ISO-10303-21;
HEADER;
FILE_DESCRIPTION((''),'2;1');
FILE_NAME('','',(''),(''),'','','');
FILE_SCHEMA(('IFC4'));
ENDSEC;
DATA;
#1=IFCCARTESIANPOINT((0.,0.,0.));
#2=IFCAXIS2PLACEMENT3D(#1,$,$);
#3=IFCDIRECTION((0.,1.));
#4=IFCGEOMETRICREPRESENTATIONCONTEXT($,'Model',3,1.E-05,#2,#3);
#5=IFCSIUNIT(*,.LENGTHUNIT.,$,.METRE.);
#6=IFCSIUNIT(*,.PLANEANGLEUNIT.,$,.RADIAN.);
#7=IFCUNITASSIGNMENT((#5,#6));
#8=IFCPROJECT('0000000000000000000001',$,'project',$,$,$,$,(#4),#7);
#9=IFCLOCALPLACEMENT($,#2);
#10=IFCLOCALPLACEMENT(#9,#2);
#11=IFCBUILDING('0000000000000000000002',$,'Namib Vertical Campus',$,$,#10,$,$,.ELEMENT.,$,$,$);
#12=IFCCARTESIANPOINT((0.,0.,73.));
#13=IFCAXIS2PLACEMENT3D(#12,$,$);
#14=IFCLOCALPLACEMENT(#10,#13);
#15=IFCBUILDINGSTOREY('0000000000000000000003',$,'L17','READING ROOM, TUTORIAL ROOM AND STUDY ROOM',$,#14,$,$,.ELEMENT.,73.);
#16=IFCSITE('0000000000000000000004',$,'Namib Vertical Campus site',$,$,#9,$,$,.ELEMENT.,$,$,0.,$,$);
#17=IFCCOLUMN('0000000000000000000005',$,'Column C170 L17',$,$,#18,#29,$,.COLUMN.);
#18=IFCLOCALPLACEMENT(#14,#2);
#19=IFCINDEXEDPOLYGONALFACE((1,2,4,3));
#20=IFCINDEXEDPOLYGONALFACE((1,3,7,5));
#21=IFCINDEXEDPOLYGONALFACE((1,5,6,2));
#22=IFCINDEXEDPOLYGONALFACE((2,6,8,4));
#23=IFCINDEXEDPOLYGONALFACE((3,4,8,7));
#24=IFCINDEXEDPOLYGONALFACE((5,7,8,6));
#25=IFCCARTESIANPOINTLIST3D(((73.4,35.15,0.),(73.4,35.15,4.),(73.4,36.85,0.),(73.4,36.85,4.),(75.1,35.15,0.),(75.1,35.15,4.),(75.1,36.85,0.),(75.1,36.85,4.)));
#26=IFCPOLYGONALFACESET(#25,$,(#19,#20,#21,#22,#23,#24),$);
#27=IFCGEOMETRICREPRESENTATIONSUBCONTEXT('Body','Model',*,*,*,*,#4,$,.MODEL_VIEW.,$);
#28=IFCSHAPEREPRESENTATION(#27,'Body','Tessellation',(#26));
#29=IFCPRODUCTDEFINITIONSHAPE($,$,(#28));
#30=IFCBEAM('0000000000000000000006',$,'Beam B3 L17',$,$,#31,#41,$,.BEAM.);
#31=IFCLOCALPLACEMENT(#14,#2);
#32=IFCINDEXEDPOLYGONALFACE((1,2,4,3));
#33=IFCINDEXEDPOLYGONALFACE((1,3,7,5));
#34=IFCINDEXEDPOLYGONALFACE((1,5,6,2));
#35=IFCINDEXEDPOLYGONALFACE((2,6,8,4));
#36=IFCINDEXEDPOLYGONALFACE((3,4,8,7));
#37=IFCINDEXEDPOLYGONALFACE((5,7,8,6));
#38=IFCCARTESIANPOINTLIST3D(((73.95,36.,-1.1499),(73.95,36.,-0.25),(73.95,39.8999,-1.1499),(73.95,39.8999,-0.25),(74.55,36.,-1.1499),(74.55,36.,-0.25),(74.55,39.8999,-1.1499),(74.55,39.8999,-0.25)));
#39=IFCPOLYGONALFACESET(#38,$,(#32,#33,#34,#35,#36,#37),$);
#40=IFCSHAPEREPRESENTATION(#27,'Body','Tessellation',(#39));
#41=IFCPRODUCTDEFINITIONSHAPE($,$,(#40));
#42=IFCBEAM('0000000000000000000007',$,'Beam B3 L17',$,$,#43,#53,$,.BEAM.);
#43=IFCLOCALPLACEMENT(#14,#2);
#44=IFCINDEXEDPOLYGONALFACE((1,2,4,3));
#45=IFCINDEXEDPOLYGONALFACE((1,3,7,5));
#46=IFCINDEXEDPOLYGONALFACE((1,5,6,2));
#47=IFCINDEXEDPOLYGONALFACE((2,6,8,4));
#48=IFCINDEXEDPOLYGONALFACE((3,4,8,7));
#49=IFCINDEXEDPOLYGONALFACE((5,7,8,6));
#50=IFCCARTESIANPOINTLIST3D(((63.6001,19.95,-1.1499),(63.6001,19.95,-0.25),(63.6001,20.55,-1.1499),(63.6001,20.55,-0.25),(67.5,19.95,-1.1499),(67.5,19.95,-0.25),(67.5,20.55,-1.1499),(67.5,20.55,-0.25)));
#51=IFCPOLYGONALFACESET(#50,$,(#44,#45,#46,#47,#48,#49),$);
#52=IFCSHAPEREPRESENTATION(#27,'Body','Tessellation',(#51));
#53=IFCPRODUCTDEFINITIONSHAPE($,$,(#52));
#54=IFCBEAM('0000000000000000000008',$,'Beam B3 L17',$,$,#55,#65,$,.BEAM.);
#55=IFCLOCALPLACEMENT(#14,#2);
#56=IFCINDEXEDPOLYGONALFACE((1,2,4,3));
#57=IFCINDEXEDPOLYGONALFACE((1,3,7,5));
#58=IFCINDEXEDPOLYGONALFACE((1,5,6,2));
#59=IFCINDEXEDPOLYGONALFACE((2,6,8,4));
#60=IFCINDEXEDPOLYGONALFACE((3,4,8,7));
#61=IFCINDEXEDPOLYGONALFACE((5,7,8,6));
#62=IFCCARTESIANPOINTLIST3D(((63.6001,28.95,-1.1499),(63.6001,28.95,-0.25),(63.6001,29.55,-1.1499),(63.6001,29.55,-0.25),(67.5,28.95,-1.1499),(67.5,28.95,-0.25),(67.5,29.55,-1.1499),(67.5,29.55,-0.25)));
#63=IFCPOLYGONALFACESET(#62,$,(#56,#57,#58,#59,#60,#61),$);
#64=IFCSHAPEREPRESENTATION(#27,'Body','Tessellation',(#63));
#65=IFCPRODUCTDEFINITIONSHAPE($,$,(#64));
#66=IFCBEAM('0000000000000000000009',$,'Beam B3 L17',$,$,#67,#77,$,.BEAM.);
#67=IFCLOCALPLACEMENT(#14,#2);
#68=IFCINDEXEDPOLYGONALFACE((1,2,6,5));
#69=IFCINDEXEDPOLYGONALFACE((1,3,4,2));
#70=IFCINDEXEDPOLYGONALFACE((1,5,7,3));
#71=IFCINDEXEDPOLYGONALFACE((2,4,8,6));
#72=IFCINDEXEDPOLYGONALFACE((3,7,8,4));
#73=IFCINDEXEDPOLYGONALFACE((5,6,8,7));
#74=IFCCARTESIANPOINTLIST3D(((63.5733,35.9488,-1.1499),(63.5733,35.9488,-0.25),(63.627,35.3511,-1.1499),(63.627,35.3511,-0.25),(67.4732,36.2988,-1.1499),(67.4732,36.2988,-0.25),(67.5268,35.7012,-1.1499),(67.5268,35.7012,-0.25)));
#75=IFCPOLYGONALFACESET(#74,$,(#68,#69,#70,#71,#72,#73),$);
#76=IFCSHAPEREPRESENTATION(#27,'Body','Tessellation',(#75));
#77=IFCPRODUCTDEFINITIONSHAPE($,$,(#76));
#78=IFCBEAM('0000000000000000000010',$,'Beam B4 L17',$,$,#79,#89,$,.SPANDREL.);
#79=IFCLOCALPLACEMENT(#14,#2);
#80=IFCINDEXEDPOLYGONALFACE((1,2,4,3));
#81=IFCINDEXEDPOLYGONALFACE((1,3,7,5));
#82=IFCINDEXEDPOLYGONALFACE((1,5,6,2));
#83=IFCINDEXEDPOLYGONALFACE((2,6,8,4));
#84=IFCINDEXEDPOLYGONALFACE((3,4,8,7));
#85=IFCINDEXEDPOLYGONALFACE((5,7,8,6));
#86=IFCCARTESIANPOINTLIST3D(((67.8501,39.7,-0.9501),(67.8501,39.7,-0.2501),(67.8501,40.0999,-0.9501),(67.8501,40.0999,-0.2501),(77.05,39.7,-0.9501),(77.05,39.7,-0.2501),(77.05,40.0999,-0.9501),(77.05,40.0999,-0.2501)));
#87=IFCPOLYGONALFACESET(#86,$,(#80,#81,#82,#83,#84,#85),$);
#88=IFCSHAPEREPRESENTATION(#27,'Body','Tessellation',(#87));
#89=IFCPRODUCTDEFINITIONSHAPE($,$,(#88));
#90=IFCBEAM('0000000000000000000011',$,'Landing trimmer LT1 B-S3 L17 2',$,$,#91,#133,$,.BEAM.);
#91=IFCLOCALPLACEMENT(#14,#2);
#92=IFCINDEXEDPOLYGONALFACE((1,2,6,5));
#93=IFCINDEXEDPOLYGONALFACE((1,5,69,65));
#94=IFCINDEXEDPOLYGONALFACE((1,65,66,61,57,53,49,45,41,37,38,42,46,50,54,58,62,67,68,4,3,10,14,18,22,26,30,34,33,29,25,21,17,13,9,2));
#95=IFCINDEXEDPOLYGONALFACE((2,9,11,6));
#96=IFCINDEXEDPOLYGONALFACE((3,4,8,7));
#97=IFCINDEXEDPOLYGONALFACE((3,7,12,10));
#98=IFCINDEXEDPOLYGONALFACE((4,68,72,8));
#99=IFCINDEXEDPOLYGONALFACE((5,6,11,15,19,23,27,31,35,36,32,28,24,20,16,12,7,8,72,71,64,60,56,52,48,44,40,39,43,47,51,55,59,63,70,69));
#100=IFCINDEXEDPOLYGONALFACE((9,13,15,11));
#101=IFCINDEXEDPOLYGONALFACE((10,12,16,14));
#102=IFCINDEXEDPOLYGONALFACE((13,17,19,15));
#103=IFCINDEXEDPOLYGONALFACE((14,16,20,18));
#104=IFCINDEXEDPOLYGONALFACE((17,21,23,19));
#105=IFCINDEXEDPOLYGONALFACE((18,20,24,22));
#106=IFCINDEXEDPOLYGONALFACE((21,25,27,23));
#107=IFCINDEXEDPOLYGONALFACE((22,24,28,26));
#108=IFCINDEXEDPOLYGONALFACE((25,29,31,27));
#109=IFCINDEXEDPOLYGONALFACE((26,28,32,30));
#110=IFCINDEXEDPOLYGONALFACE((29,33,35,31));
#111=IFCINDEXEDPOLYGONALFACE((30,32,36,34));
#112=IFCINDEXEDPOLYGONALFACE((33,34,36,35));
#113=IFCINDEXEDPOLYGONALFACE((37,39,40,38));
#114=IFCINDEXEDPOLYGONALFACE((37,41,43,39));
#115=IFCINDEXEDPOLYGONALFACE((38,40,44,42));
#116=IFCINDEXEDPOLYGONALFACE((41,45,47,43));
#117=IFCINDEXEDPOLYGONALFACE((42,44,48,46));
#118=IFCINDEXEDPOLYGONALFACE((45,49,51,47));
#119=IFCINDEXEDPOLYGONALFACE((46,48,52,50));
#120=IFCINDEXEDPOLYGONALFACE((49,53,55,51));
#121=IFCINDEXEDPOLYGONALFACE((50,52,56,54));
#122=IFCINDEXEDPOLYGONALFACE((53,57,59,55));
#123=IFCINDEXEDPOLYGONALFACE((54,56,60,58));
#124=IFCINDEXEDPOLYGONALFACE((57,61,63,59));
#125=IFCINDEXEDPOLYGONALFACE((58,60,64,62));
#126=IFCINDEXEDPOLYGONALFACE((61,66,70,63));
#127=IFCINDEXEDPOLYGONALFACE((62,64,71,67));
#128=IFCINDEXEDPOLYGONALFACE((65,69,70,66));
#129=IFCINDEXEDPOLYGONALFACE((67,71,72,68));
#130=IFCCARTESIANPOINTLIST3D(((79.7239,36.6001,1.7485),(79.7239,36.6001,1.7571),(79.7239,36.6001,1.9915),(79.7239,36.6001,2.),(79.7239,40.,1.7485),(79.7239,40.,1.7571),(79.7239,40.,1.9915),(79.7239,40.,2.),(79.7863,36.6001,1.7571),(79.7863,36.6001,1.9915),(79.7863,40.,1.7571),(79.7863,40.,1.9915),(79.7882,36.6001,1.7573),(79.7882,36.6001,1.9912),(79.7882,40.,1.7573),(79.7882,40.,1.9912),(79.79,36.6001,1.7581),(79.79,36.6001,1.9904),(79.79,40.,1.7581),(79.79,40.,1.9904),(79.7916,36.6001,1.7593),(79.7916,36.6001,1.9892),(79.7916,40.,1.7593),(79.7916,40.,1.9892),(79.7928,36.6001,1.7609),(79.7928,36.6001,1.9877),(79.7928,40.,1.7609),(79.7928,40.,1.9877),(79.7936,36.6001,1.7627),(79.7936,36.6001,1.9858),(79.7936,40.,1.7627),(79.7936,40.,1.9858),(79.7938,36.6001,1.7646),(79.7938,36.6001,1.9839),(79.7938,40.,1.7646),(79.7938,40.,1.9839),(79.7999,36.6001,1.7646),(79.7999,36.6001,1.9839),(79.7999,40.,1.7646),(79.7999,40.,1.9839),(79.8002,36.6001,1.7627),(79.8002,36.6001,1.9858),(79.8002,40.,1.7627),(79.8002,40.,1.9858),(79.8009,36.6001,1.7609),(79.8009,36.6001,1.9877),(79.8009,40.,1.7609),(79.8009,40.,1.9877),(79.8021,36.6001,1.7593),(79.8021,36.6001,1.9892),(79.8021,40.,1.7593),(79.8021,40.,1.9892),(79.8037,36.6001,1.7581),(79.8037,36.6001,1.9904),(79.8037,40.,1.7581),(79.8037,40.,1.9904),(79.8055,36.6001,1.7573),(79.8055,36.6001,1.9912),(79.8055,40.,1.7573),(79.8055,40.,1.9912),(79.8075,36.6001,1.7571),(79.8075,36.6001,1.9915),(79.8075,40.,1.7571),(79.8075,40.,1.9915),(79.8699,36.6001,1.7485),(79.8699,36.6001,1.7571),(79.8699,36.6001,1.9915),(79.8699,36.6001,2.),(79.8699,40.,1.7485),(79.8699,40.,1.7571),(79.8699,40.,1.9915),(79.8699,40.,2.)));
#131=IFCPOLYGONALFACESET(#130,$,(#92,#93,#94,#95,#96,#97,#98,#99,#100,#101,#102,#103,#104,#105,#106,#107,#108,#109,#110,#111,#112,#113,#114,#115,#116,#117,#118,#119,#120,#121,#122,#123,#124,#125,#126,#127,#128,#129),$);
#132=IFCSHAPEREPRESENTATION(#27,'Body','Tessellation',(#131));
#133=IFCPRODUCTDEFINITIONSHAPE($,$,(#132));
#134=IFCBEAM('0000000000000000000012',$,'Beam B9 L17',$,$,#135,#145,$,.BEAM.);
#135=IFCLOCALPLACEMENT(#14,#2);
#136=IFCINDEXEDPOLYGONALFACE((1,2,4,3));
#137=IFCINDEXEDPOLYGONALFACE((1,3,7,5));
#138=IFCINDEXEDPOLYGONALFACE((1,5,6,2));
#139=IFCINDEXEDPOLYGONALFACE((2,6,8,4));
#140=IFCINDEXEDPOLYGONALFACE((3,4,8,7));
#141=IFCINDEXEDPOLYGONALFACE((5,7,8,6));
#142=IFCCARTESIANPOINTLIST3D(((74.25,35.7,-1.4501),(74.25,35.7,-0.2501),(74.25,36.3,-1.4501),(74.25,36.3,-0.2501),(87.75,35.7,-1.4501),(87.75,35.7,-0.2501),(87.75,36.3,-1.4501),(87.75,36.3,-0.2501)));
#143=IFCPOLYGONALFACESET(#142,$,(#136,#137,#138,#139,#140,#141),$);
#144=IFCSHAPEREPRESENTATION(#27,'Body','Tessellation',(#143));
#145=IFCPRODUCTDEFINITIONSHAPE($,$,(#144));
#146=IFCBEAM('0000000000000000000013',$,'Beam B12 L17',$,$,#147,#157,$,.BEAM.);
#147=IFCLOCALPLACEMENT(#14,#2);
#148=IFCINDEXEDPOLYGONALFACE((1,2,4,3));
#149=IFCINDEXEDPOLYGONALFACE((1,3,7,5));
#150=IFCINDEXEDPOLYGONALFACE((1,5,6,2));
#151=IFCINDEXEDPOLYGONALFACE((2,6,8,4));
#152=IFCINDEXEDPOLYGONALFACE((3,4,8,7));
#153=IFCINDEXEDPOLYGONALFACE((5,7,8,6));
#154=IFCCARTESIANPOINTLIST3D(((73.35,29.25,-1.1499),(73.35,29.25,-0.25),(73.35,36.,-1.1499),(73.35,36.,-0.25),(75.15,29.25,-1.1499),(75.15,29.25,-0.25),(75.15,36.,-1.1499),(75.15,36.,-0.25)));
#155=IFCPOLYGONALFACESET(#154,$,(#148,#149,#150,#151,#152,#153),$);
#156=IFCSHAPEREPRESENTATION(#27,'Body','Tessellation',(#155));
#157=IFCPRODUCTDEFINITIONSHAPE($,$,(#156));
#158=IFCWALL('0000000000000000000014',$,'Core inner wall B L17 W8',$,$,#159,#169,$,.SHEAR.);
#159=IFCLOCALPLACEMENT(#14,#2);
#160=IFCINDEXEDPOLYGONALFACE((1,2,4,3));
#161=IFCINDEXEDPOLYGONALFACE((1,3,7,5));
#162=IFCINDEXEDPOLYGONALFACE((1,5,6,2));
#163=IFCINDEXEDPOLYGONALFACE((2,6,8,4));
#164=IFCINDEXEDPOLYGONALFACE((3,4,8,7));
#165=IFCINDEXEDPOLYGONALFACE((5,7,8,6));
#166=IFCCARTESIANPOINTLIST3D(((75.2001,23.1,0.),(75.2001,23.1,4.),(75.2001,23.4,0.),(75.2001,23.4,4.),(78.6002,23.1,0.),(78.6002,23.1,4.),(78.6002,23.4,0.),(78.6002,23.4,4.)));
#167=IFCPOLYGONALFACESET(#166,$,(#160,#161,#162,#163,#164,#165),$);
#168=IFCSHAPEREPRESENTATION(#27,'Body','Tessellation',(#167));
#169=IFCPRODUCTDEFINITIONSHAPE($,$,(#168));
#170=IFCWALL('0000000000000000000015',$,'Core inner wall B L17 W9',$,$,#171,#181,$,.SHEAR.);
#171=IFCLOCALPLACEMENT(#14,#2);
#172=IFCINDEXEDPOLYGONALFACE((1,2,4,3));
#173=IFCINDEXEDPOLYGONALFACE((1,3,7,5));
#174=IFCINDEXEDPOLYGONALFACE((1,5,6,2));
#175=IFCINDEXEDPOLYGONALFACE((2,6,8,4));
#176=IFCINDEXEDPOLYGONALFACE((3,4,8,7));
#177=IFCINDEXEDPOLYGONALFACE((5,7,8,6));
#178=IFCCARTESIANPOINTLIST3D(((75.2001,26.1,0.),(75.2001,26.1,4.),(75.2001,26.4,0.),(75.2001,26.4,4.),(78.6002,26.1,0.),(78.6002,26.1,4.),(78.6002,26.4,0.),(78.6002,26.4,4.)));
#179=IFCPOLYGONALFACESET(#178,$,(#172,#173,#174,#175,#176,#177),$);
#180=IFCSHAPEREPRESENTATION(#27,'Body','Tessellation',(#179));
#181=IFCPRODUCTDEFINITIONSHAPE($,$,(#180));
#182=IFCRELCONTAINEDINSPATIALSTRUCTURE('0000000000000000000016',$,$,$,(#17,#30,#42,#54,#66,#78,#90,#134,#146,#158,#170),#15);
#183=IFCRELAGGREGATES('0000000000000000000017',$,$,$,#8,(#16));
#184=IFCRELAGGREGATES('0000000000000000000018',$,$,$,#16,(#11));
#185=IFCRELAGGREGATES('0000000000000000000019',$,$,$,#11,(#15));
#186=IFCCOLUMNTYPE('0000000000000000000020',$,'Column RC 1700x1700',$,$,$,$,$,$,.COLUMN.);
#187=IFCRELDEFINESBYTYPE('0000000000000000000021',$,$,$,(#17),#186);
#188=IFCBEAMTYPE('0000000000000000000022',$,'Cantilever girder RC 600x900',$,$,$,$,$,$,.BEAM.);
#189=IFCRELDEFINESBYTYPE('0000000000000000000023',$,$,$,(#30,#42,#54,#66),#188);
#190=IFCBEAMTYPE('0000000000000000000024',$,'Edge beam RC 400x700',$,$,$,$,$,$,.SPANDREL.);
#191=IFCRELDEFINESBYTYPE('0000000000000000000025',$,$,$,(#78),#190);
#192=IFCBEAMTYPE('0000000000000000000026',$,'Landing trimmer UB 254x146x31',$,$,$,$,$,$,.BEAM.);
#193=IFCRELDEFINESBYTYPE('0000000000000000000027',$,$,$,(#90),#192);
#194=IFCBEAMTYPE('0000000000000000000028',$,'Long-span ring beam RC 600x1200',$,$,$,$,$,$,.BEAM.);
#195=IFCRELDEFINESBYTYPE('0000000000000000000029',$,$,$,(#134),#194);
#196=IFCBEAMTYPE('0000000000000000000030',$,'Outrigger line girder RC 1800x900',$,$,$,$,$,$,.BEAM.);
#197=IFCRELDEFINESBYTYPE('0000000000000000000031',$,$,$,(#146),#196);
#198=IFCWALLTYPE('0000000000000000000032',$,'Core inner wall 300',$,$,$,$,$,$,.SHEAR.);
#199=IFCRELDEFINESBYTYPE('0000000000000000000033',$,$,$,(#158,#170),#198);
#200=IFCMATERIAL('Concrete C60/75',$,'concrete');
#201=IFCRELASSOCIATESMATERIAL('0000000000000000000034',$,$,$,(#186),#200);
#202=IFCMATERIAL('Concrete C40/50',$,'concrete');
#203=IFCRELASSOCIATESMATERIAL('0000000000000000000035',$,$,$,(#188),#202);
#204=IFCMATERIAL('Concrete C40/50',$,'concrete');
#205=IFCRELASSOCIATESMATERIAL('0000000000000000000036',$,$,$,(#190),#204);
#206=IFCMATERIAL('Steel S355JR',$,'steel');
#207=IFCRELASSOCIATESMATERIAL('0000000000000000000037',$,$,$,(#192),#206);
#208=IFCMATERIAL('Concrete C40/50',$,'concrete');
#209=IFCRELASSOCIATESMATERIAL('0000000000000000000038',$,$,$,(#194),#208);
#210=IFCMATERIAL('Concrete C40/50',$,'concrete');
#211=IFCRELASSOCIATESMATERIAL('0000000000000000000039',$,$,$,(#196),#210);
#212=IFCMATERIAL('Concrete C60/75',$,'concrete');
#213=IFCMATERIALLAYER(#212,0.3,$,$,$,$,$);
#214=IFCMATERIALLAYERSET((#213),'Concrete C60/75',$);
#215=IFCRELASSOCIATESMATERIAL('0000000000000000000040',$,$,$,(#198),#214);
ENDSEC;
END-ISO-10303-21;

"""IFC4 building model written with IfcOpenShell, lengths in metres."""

from ifc_helpers import new_model, si_unit, direction, frame, frame_2d, origin, origin_2d, place, context, subcontext, project, spatial, rectangle, i_section, extrude, material, layer, layer_set, material_profile, profile_set, type_object, element, save


model = new_model("IFC4")

# Units and contexts
model_context = context("Model", 3, precision=1e-05, world=origin(), true_north=direction((0.0, 1.0)))
body_context = subcontext(model_context, "Body", "Model", "MODEL_VIEW")
ifc_project = project(units=[si_unit("LENGTHUNIT", "METRE"), si_unit("PLANEANGLEUNIT", "RADIAN")], contexts=[model_context])

# Site, building, storey
site_placement = place(None, origin())
site = spatial("IfcSite", under=ifc_project, at=site_placement, Name="Namib Vertical Campus site", CompositionType="ELEMENT", RefElevation=0.0)
building_placement = place(site_placement, origin())
building = spatial("IfcBuilding", under=site, at=building_placement, Name="Namib Vertical Campus", CompositionType="ELEMENT")
storey_placement = place(building_placement, frame((0.0, 0.0, 73.0)))
storey = spatial("IfcBuildingStorey", under=building, at=storey_placement, Name="L17", Description="READING ROOM, TUTORIAL ROOM AND STUDY ROOM", CompositionType="ELEMENT", Elevation=73.0)

# Column
ifc_material_1 = material(Name="Concrete C60/75", Category="concrete")
ifc_material_profile_1 = material_profile(ifc_material_1, rectangle(XDim=1.7, YDim=1.7, at=origin_2d()))
ifc_profile_set_1 = profile_set([ifc_material_profile_1], Name="Concrete C60/75")
column_type = type_object("IfcColumnType", Name="Column RC 1700x1700", PredefinedType="COLUMN", material=ifc_profile_set_1)
column_placement = place(storey_placement, frame((74.25, 36.0, 0.0), z_axis=(0.0, 0.0, 1.0), x_axis=(1.0, 0.0, 0.0)))
element("IfcColumn", 1, at=column_placement, inside=storey, type_object=column_type, Name="Column C170 L17", PredefinedType="COLUMN", context=body_context, shape_type="SweptSolid", body=[
    extrude(rectangle(XDim=1.7, YDim=1.7, at=origin_2d()), origin(), (0.0, 0.0, 1.0), 4.0),
])

# Beams
ifc_material_2 = material(Name="Concrete C40/50", Category="concrete")
ifc_material_profile_2 = material_profile(ifc_material_2, rectangle(XDim=0.6001, YDim=0.8999, at=origin_2d()))
ifc_profile_set_2 = profile_set([ifc_material_profile_2], Name="Concrete C40/50")
beam_type_1 = type_object("IfcBeamType", Name="Cantilever girder RC 600x900", PredefinedType="BEAM", material=ifc_profile_set_2)
for number, where, z_axis, x_axis, name in (
    (2, (74.25, 36.0, -0.7), (0.0, 1.0, 0.0), (-1.0, 0.0, 0.0), "Beam B3 L17"),
    (3, (67.5, 20.25, -0.7), (-1.0, 0.0, 0.0), (0.0, -1.0, 0.0), "Beam B3 L17"),
    (4, (67.5, 29.25, -0.7), (-1.0, 0.0, 0.0), (0.0, -1.0, 0.0), "Beam B3 L17"),
):
    element("IfcBeam", number, at=place(storey_placement, frame(where, z_axis=z_axis, x_axis=x_axis)), inside=storey, type_object=beam_type_1, Name=name, PredefinedType="BEAM", context=body_context, shape_type="SweptSolid", body=[
        extrude(rectangle(XDim=0.6001, YDim=0.8999, at=origin_2d()), origin(), (0.0, 0.0, 1.0), 3.8999),
    ])
beam_1_placement = place(storey_placement, frame((67.5, 36.0, -0.7), z_axis=(-0.995995, -0.089411, 0.0), x_axis=(0.089411, -0.995995, 0.0)))
element("IfcBeam", 5, at=beam_1_placement, inside=storey, type_object=beam_type_1, Name="Beam B3 L17", PredefinedType="BEAM", context=body_context, shape_type="SweptSolid", body=[
    extrude(rectangle(XDim=0.6001, YDim=0.8999, at=origin_2d()), origin(), (0.0, 0.0, 1.0), 3.9155),
])
ifc_material_3 = material(Name="Concrete C40/50", Category="concrete")
ifc_material_profile_3 = material_profile(ifc_material_3, rectangle(XDim=0.3999, YDim=0.7, at=origin_2d()))
ifc_profile_set_3 = profile_set([ifc_material_profile_3], Name="Concrete C40/50")
beam_type_2 = type_object("IfcBeamType", Name="Edge beam RC 400x700", PredefinedType="SPANDREL", material=ifc_profile_set_3)
beam_2_placement = place(storey_placement, frame((67.8501, 39.8999, -0.6001), z_axis=(1.0, 0.0, 0.0), x_axis=(0.0, 1.0, 0.0)))
element("IfcBeam", 6, at=beam_2_placement, inside=storey, type_object=beam_type_2, Name="Beam B4 L17", PredefinedType="SPANDREL", context=body_context, shape_type="SweptSolid", body=[
    extrude(rectangle(XDim=0.3999, YDim=0.7, at=origin_2d()), origin(), (0.0, 0.0, 1.0), 9.2),
])
ifc_material_4 = material(Name="Steel S355JR", Category="steel")
ifc_material_profile_4 = material_profile(ifc_material_4, i_section(OverallWidth=0.146, OverallDepth=0.2515, WebThickness=0.0061, FlangeThickness=0.0085, FilletRadius=0.0076, at=origin_2d()))
ifc_profile_set_4 = profile_set([ifc_material_profile_4], Name="Steel S355JR")
beam_type_3 = type_object("IfcBeamType", Name="Landing trimmer UB 254x146x31", PredefinedType="BEAM", material=ifc_profile_set_4)
beam_3_placement = place(storey_placement, frame((79.7969, 36.6001, 1.8743), z_axis=(0.0, 1.0, 0.0), x_axis=(-1.0, 0.0, 0.0)))
element("IfcBeam", 7, at=beam_3_placement, inside=storey, type_object=beam_type_3, Name="Landing trimmer LT1 B-S3 L17 2", PredefinedType="BEAM", context=body_context, shape_type="SweptSolid", body=[
    extrude(i_section(OverallWidth=0.146, OverallDepth=0.2515, WebThickness=0.0061, FlangeThickness=0.0085, FilletRadius=0.0076, at=origin_2d()), origin(), (0.0, 0.0, 1.0), 3.3999),
])
ifc_material_5 = material(Name="Concrete C40/50", Category="concrete")
ifc_material_profile_5 = material_profile(ifc_material_5, rectangle(XDim=0.6001, YDim=1.2, at=origin_2d()))
ifc_profile_set_5 = profile_set([ifc_material_profile_5], Name="Concrete C40/50")
beam_type_4 = type_object("IfcBeamType", Name="Long-span ring beam RC 600x1200", PredefinedType="BEAM", material=ifc_profile_set_5)
beam_4_placement = place(storey_placement, frame((74.25, 36.0, -0.8501), z_axis=(1.0, 0.0, 0.0), x_axis=(0.0, 1.0, 0.0)))
element("IfcBeam", 8, at=beam_4_placement, inside=storey, type_object=beam_type_4, Name="Beam B9 L17", PredefinedType="BEAM", context=body_context, shape_type="SweptSolid", body=[
    extrude(rectangle(XDim=0.6001, YDim=1.2, at=origin_2d()), origin(), (0.0, 0.0, 1.0), 13.5),
])
ifc_material_6 = material(Name="Concrete C40/50", Category="concrete")
ifc_material_profile_6 = material_profile(ifc_material_6, rectangle(XDim=1.8, YDim=0.8999, at=origin_2d()))
ifc_profile_set_6 = profile_set([ifc_material_profile_6], Name="Concrete C40/50")
beam_type_5 = type_object("IfcBeamType", Name="Outrigger line girder RC 1800x900", PredefinedType="BEAM", material=ifc_profile_set_6)
beam_5_placement = place(storey_placement, frame((74.25, 36.0, -0.7), z_axis=(0.0, -1.0, 0.0), x_axis=(1.0, 0.0, 0.0)))
element("IfcBeam", 9, at=beam_5_placement, inside=storey, type_object=beam_type_5, Name="Beam B12 L17", PredefinedType="BEAM", context=body_context, shape_type="SweptSolid", body=[
    extrude(rectangle(XDim=1.8, YDim=0.8999, at=origin_2d()), origin(), (0.0, 0.0, 1.0), 6.75),
])

# Walls
ifc_material_7 = material(Name="Concrete C60/75", Category="concrete")
ifc_layer_1 = layer(ifc_material_7, 0.3)
ifc_layer_set_1 = layer_set([ifc_layer_1], Name="Concrete C60/75")
wall_type_1 = type_object("IfcWallType", Name="Core inner wall 300", PredefinedType="SHEAR", material=ifc_layer_set_1)
for number, where, z_axis, x_axis, name in (
    (10, (75.2, 23.25, 0.0), (0.0, 0.0, 1.0), (1.0, 0.0, 0.0), "Core inner wall B L17 W8"),
    (11, (75.2, 26.25, 0.0), (0.0, 0.0, 1.0), (1.0, 0.0, 0.0), "Core inner wall B L17 W9"),
):
    element("IfcWall", number, at=place(storey_placement, frame(where, z_axis=z_axis, x_axis=x_axis)), inside=storey, type_object=wall_type_1, Name=name, PredefinedType="SHEAR", context=body_context, shape_type="SweptSolid", body=[
        extrude(rectangle(XDim=3.4001, YDim=0.3, at=frame_2d((1.7002, 0.0))), origin(), (0.0, 0.0, 1.0), 4.0),
    ])

save(model, "model.ifc")
